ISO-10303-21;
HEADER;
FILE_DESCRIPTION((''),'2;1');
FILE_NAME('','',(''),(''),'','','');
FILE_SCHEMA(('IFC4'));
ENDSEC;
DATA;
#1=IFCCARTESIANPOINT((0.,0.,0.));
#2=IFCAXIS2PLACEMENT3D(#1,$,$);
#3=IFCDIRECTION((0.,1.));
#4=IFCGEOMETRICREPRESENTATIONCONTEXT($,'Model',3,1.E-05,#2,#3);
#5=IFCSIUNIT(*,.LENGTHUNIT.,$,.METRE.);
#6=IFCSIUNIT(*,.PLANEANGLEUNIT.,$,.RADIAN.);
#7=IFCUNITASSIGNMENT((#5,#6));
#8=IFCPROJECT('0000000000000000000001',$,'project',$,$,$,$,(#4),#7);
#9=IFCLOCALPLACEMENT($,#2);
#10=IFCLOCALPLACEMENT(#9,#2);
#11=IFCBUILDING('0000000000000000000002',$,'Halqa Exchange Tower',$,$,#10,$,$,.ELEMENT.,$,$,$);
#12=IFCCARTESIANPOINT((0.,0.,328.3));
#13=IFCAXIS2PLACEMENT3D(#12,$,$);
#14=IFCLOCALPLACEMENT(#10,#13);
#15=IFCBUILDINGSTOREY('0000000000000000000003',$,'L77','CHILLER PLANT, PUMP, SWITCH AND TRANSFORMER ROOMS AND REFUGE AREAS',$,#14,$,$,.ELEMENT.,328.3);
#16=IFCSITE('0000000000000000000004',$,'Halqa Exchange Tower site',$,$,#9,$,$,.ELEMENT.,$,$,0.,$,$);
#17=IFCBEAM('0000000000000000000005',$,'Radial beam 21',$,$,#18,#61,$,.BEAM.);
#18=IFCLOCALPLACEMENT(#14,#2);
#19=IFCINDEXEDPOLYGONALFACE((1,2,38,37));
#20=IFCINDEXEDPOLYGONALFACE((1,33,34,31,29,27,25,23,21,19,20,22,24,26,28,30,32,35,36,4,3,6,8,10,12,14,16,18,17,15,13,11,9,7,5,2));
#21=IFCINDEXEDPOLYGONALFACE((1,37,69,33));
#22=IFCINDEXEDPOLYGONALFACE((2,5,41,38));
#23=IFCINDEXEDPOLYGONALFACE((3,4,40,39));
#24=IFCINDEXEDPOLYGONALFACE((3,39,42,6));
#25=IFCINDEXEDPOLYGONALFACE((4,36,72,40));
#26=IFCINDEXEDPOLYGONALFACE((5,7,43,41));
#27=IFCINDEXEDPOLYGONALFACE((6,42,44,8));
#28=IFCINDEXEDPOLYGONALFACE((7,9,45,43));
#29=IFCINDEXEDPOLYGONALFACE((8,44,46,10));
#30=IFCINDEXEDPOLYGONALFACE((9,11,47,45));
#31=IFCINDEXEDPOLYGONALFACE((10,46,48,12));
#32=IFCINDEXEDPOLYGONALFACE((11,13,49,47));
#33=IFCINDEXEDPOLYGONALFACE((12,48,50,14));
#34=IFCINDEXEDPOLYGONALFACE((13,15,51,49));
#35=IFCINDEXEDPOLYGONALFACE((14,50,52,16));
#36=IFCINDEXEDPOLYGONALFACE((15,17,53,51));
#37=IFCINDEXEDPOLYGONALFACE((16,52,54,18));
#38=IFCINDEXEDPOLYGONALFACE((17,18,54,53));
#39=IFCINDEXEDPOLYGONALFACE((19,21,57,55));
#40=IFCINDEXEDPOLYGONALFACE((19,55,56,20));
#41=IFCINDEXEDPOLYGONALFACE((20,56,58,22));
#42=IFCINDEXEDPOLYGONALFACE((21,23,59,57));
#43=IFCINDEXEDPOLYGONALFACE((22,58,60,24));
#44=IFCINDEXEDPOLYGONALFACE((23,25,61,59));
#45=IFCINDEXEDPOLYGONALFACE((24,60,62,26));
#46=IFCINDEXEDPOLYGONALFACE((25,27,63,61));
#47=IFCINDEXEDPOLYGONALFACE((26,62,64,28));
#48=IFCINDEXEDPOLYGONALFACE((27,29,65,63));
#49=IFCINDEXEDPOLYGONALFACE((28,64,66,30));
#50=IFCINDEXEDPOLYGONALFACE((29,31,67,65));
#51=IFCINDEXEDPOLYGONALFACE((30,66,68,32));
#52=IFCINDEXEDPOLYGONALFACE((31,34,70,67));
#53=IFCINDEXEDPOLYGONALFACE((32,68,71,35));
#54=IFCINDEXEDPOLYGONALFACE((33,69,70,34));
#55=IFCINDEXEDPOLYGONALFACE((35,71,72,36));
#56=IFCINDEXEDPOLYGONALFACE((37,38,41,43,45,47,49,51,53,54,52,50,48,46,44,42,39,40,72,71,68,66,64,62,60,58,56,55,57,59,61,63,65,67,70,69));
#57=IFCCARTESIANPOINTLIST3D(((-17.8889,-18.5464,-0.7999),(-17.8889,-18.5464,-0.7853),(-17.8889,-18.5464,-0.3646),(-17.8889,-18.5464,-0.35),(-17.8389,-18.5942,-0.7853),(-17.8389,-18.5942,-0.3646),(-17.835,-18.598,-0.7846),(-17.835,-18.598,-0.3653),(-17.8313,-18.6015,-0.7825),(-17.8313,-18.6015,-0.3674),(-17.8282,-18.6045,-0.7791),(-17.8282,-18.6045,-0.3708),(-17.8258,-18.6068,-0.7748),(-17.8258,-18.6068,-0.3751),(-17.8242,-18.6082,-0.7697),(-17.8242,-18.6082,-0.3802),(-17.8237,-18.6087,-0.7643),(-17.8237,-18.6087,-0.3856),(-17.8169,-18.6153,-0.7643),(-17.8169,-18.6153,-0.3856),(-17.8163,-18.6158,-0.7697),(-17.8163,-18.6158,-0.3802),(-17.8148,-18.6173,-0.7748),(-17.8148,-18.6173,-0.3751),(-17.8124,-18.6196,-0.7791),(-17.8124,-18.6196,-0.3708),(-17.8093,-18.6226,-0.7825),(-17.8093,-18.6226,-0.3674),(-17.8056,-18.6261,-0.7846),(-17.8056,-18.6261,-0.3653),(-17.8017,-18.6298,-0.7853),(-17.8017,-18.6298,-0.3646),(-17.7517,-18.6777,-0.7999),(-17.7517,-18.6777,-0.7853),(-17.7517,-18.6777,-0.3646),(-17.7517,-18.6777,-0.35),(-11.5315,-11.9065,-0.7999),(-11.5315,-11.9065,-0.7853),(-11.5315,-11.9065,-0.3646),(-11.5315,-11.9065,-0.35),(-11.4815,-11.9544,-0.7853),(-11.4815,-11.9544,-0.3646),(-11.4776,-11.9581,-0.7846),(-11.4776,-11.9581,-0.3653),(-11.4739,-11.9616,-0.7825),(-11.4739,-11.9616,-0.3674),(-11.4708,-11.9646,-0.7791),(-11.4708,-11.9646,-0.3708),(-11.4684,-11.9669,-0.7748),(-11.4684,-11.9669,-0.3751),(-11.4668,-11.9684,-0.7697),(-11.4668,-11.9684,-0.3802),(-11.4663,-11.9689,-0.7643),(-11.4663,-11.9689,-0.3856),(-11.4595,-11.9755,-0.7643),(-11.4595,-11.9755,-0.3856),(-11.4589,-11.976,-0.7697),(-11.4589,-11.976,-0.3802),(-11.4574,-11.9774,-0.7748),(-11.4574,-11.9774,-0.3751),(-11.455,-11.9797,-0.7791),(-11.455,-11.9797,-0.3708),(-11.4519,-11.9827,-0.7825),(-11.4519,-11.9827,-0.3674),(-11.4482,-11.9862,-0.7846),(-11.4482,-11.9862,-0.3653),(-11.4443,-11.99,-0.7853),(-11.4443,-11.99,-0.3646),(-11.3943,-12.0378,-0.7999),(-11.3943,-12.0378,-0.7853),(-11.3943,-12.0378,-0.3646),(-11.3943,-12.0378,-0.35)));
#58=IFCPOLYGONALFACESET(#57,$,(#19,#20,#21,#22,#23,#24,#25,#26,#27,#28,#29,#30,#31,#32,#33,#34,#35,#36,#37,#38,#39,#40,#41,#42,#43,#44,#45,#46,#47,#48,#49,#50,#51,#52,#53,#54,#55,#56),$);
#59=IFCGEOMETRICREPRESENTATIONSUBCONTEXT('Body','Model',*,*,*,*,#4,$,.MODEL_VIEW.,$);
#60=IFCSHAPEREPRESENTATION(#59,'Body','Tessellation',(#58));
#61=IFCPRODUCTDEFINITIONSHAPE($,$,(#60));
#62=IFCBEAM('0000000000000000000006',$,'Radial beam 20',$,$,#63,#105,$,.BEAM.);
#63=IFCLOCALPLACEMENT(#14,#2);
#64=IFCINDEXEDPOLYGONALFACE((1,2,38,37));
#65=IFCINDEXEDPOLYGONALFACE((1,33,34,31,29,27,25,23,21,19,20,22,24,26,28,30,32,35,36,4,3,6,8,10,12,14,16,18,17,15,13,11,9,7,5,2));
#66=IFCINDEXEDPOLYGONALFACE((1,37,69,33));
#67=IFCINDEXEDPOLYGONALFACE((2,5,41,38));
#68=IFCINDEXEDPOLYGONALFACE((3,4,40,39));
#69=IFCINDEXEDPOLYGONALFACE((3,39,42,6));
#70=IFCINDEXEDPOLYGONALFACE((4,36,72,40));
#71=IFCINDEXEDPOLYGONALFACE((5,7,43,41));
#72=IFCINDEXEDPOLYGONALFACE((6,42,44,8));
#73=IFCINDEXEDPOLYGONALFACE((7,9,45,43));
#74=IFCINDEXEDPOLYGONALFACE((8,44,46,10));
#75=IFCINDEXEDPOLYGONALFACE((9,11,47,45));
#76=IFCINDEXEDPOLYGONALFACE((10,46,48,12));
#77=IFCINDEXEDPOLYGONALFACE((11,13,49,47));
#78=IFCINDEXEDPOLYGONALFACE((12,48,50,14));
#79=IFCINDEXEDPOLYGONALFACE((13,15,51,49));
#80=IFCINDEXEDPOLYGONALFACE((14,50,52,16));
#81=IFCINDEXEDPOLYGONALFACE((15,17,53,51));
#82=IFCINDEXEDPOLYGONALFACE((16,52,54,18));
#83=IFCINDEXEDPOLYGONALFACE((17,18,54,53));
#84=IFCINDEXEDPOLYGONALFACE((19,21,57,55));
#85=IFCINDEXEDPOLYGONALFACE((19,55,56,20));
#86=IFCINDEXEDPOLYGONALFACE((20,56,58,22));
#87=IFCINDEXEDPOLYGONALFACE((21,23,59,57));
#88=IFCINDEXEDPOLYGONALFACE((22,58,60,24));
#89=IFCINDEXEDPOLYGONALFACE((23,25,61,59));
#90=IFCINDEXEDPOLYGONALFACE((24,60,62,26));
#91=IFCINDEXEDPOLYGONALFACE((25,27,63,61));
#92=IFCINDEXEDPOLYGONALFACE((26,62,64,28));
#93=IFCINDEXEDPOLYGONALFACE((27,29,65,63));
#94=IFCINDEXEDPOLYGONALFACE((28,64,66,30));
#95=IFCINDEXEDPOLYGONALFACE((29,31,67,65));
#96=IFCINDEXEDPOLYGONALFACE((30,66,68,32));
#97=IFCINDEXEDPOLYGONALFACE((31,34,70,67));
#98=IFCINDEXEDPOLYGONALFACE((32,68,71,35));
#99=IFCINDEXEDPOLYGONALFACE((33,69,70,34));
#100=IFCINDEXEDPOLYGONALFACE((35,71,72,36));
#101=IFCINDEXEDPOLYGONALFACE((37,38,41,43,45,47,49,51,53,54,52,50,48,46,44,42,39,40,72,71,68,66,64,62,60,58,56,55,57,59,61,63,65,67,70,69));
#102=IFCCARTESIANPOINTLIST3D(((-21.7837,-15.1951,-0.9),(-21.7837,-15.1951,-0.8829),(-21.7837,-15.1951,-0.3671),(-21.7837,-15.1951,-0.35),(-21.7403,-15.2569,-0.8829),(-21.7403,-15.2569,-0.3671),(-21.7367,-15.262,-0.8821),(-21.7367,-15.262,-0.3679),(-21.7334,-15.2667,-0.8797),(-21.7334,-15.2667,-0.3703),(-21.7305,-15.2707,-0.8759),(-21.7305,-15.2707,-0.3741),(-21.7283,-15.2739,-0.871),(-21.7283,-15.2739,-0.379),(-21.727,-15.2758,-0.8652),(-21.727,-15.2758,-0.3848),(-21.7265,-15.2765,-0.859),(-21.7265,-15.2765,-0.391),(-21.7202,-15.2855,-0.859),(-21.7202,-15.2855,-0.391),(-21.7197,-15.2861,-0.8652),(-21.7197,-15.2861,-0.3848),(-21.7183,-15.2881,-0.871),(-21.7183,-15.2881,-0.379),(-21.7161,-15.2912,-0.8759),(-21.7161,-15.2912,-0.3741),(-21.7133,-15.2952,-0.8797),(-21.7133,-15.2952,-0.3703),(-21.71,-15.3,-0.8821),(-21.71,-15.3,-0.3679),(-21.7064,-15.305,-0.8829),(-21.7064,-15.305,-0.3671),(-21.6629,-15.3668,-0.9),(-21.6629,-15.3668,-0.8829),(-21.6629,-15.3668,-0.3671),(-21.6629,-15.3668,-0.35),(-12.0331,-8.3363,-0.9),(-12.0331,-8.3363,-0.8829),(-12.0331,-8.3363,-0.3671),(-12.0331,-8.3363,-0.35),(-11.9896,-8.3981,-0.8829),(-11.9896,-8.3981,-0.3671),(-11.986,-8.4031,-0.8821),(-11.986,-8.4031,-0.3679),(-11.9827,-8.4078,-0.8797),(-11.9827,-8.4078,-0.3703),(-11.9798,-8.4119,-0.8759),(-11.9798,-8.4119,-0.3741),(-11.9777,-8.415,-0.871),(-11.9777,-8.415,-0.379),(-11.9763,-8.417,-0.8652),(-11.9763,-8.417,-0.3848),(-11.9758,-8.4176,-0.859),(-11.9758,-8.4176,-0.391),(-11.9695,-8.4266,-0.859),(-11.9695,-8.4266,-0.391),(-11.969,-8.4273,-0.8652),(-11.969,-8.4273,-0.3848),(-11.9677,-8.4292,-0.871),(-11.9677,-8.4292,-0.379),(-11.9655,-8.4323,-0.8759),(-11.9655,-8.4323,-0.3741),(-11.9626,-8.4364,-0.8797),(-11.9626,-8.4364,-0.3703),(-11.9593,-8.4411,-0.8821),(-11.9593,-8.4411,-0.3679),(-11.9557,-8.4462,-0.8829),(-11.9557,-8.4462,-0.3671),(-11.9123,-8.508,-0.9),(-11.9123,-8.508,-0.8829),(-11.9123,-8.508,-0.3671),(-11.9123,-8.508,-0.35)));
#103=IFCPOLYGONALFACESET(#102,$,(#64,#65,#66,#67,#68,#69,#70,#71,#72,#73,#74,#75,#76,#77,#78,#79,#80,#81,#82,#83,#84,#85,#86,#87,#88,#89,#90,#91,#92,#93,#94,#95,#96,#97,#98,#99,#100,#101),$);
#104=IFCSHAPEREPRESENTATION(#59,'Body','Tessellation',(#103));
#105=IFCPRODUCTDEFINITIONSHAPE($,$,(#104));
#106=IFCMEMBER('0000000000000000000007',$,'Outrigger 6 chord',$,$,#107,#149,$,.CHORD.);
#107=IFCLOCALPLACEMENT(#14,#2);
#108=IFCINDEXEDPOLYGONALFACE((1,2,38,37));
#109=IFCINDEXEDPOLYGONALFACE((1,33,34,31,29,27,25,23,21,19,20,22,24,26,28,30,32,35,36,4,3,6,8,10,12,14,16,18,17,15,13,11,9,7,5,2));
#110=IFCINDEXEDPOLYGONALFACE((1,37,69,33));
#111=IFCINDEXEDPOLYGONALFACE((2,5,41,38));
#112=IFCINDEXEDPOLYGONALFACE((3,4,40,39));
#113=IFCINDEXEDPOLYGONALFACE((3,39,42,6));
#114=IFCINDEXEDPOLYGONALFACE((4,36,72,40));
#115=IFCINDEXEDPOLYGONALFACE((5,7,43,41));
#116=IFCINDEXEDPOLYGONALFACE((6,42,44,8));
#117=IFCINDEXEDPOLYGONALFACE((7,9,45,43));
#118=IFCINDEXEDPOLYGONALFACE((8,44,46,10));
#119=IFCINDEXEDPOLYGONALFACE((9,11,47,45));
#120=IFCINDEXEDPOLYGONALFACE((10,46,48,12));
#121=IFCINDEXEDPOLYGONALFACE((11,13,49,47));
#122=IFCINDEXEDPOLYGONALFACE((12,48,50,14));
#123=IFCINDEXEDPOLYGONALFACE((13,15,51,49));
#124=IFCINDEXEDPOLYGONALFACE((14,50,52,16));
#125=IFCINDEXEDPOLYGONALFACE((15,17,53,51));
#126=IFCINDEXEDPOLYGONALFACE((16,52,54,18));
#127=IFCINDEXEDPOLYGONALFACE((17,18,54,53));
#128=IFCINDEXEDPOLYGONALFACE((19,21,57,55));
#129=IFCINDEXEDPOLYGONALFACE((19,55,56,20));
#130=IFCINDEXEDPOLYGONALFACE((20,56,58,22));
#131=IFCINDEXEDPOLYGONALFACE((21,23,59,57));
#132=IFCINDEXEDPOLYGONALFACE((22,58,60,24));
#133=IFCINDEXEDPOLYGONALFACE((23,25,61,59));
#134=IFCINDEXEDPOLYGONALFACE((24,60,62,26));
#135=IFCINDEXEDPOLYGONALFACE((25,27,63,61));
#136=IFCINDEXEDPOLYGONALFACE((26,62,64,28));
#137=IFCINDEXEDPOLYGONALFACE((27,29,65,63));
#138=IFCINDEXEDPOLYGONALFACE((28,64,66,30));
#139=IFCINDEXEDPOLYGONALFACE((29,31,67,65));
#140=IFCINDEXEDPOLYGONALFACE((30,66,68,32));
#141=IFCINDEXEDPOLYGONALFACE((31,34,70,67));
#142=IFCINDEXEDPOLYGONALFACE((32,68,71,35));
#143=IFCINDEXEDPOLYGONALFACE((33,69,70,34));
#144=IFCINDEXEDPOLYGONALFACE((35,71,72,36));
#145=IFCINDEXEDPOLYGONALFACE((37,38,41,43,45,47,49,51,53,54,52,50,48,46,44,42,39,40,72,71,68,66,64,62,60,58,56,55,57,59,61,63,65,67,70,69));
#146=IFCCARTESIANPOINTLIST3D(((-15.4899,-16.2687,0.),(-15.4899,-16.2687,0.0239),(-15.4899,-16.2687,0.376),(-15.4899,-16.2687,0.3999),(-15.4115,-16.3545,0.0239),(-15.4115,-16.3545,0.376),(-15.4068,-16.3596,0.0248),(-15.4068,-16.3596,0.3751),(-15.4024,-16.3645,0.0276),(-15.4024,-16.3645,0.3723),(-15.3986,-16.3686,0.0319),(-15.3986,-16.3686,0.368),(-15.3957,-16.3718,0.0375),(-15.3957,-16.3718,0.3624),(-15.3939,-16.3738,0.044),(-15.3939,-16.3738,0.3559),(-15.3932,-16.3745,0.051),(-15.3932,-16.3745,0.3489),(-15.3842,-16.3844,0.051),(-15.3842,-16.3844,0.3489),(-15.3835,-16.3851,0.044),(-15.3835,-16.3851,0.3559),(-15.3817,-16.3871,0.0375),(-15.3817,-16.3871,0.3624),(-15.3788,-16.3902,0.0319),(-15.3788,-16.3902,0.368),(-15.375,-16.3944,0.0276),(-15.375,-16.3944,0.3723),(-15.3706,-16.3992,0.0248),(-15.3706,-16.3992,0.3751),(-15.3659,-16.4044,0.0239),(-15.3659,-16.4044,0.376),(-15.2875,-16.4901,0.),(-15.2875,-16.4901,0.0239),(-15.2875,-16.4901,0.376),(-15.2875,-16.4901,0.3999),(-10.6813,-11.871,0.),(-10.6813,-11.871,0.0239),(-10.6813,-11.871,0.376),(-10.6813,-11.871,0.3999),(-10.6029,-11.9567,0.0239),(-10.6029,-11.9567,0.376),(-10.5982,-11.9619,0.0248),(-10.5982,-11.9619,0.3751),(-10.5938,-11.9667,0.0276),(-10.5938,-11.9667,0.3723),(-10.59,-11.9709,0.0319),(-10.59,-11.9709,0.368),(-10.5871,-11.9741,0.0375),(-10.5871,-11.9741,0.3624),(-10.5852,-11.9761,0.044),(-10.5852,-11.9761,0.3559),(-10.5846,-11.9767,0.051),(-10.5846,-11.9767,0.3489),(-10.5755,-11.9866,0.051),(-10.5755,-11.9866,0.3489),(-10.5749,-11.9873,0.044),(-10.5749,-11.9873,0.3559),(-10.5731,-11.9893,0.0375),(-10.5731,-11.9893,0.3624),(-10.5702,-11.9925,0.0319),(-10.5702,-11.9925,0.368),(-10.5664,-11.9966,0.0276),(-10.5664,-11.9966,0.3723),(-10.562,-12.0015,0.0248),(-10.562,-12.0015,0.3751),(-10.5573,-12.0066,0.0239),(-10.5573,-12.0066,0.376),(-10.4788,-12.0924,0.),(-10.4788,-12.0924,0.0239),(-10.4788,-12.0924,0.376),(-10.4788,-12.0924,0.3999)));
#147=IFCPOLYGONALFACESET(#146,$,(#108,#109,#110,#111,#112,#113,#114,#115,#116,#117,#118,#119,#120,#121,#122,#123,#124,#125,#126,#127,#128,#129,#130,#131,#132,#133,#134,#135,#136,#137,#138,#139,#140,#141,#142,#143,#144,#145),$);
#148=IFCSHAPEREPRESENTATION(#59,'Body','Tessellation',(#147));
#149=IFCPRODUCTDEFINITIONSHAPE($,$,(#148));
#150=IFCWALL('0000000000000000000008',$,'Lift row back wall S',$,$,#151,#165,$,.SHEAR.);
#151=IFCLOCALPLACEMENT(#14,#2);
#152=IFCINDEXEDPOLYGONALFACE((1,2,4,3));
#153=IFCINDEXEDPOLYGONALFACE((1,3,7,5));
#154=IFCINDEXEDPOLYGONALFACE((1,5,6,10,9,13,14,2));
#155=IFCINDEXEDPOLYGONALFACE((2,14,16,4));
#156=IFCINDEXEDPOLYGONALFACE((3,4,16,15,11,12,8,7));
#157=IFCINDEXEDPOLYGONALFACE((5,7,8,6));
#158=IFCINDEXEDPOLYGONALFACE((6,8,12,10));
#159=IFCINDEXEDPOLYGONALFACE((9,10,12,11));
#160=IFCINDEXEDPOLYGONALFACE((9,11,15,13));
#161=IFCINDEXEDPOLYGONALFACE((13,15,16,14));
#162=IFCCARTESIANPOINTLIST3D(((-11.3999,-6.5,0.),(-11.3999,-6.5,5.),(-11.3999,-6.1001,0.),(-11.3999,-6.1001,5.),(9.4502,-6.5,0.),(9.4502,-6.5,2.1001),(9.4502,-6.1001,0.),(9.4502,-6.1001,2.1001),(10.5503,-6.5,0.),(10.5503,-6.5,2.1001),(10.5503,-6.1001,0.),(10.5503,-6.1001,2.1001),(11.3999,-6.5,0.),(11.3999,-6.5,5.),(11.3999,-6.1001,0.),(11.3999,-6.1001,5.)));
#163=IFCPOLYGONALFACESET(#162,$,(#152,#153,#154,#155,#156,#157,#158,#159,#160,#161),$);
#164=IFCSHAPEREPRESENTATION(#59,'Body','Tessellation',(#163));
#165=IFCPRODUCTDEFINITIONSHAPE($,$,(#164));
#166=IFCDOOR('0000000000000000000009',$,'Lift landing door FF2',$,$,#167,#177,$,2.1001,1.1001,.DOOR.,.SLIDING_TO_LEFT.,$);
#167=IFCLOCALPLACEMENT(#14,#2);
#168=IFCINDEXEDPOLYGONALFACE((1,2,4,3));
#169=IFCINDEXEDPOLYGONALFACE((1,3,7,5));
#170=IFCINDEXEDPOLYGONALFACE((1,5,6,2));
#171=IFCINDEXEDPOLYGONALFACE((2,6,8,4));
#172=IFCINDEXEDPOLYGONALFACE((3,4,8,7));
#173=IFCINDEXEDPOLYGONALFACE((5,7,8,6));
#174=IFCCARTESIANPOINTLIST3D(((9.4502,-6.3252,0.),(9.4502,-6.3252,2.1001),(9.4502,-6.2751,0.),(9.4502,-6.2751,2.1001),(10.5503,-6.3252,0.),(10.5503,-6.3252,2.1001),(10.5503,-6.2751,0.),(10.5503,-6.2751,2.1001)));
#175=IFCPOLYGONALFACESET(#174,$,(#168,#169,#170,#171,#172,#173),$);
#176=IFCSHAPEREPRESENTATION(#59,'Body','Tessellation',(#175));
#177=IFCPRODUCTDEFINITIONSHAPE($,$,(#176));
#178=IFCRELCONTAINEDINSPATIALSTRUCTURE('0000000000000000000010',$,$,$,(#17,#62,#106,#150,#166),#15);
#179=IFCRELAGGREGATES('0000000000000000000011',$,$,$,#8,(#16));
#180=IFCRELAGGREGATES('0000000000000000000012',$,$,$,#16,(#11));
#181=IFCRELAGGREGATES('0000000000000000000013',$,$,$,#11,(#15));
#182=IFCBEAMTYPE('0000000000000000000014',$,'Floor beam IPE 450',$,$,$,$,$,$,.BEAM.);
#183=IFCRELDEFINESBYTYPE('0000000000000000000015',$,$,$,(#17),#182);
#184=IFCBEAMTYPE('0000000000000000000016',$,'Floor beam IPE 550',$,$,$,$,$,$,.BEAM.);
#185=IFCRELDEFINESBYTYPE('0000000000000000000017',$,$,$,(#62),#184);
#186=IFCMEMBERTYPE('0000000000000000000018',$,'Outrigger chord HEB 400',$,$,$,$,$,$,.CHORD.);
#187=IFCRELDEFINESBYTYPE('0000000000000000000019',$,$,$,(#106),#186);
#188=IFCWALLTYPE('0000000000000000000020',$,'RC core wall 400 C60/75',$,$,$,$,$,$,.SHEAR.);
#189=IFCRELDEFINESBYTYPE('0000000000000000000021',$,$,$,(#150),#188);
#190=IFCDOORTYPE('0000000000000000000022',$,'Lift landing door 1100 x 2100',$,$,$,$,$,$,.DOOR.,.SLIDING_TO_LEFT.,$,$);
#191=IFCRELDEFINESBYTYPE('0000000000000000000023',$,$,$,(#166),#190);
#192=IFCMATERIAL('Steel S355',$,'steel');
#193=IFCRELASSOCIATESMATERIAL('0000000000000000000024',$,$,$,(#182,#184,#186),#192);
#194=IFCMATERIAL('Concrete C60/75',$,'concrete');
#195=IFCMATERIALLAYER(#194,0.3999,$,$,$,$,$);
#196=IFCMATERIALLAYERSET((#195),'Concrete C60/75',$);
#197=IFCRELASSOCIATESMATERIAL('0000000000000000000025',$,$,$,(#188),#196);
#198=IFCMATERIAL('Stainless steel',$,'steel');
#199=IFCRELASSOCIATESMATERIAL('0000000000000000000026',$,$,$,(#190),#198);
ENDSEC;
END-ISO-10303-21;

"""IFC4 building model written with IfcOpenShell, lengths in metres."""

from ifc_helpers import new_model, si_unit, direction, frame, frame_2d, origin, origin_2d, place, context, subcontext, project, spatial, rectangle, i_section, extrude, material, layer, layer_set, material_profile, profile_set, type_object, element, fill, save


model = new_model("IFC4")

# Units and contexts
model_context = context("Model", 3, precision=1e-05, world=origin(), true_north=direction((0.0, 1.0)))
body_context = subcontext(model_context, "Body", "Model", "MODEL_VIEW")
ifc_project = project(units=[si_unit("LENGTHUNIT", "METRE"), si_unit("PLANEANGLEUNIT", "RADIAN")], contexts=[model_context])

# Site, building, storey
site_placement = place(None, origin())
site = spatial("IfcSite", under=ifc_project, at=site_placement, Name="Halqa Exchange Tower site", CompositionType="ELEMENT", RefElevation=0.0)
building_placement = place(site_placement, origin())
building = spatial("IfcBuilding", under=site, at=building_placement, Name="Halqa Exchange Tower", CompositionType="ELEMENT")
storey_placement = place(building_placement, frame((0.0, 0.0, 328.3)))
storey = spatial("IfcBuildingStorey", under=building, at=storey_placement, Name="L77", Description="CHILLER PLANT, PUMP, SWITCH AND TRANSFORMER ROOMS AND REFUGE AREAS", CompositionType="ELEMENT", Elevation=328.3)

# Beams
ifc_material_1 = material(Name="Steel S355", Category="steel")
ifc_material_profile_1 = material_profile(ifc_material_1, i_section(OverallWidth=0.1899, OverallDepth=0.45, WebThickness=0.0095, FlangeThickness=0.0146, FilletRadius=0.021, at=origin_2d()), Name="IPE 450")
ifc_profile_set_1 = profile_set([ifc_material_profile_1], Name="Steel S355")
beam_type_1 = type_object("IfcBeamType", Name="Floor beam IPE 450", PredefinedType="BEAM", material=ifc_profile_set_1)
beam_1_placement = place(storey_placement, frame((-11.4629, -11.9722, -0.575), z_axis=(-0.691576, -0.722304, 0.0), x_axis=(0.722304, -0.691576, 0.0)))
element("IfcBeam", 1, at=beam_1_placement, inside=storey, type_object=beam_type_1, Name="Radial beam 21", PredefinedType="BEAM", context=body_context, shape_type="SweptSolid", body=[
    extrude(i_section(OverallWidth=0.1899, OverallDepth=0.45, WebThickness=0.0095, FlangeThickness=0.0146, FilletRadius=0.021, at=origin_2d()), origin(), (0.0, 0.0, 1.0), 9.1926),
])
ifc_material_profile_2 = material_profile(ifc_material_1, i_section(OverallWidth=0.21, OverallDepth=0.55, WebThickness=0.011, FlangeThickness=0.0171, FilletRadius=0.0239, at=origin_2d()), Name="IPE 550")
ifc_profile_set_2 = profile_set([ifc_material_profile_2], Name="Steel S355")
beam_type_2 = type_object("IfcBeamType", Name="Floor beam IPE 550", PredefinedType="BEAM", material=ifc_profile_set_2)
beam_2_placement = place(storey_placement, frame((-11.9727, -8.4221, -0.625), z_axis=(-0.817915, -0.57534, 0.0), x_axis=(0.57534, -0.817915, 0.0)))
element("IfcBeam", 2, at=beam_2_placement, inside=storey, type_object=beam_type_2, Name="Radial beam 20", PredefinedType="BEAM", context=body_context, shape_type="SweptSolid", body=[
    extrude(i_section(OverallWidth=0.21, OverallDepth=0.55, WebThickness=0.011, FlangeThickness=0.0171, FilletRadius=0.0239, at=origin_2d()), origin(), (0.0, 0.0, 1.0), 11.9214),
])

# Member
ifc_material_profile_3 = material_profile(ifc_material_1, i_section(OverallWidth=0.3, OverallDepth=0.3999, WebThickness=0.0134, FlangeThickness=0.0239, FilletRadius=0.0271, at=origin_2d()), Name="HEB 400")
ifc_profile_set_3 = profile_set([ifc_material_profile_3], Name="Steel S355")
member_type = type_object("IfcMemberType", Name="Outrigger chord HEB 400", PredefinedType="CHORD", material=ifc_profile_set_3)
member_placement = place(storey_placement, frame((-10.5801, -11.9817, 0.2), z_axis=(-0.737931, -0.674876, 0.0), x_axis=(0.674876, -0.737931, 0.0)))
element("IfcMember", 3, at=member_placement, inside=storey, type_object=member_type, Name="Outrigger 6 chord", PredefinedType="CHORD", context=body_context, shape_type="SweptSolid", body=[
    extrude(i_section(OverallWidth=0.3, OverallDepth=0.3999, WebThickness=0.0134, FlangeThickness=0.0239, FilletRadius=0.0271, at=origin_2d()), origin(), (0.0, 0.0, 1.0), 6.5164),
])

# Wall, opening, door
ifc_material_2 = material(Name="Concrete C60/75", Category="concrete")
ifc_layer_1 = layer(ifc_material_2, 0.3999)
ifc_layer_set_1 = layer_set([ifc_layer_1], Name="Concrete C60/75")
wall_type_1 = type_object("IfcWallType", Name="RC core wall 400 C60/75", PredefinedType="SHEAR", material=ifc_layer_set_1)
wall_1_placement = place(storey_placement, frame((-11.3999, -6.3, 0.0), z_axis=(0.0, 0.0, 1.0), x_axis=(1.0, 0.0, 0.0)))
wall_1 = element("IfcWall", 4, at=wall_1_placement, inside=storey, type_object=wall_type_1, Name="Lift row back wall S", PredefinedType="SHEAR", context=body_context, shape_type="SweptSolid", body=[
    extrude(rectangle(XDim=22.7998, YDim=0.3999, at=frame_2d((11.3999, 0.0))), origin(), (0.0, 0.0, 1.0), 5.0),
])
opening_1_placement = place(wall_1_placement, frame((20.8501, 0.0, 0.0)))
opening_1 = element("IfcOpeningElement", 5, at=opening_1_placement, cuts=wall_1, PredefinedType="OPENING", context=body_context, shape_type="SweptSolid", body=[
    extrude(rectangle(XDim=1.1001, YDim=2.1001, at=frame_2d((0.55, 1.05))), frame((0.0, 0.2119, 0.0), z_axis=(0.0, -1.0, 0.0), x_axis=(1.0, 0.0, 0.0)), (0.0, 0.0, 1.0), 0.4238),
])
ifc_material_3 = material(Name="Stainless steel", Category="steel")
door_type_1 = type_object("IfcDoorType", Name="Lift landing door 1100 x 2100", OperationType="SLIDING_TO_LEFT", PredefinedType="DOOR", material=ifc_material_3)
door_1_placement = place(opening_1_placement, origin())
door_1 = element("IfcDoor", 6, at=door_1_placement, inside=storey, type_object=door_type_1, Name="Lift landing door FF2", OperationType="SLIDING_TO_LEFT", OverallHeight=2.1001, OverallWidth=1.1001, PredefinedType="DOOR", context=body_context, shape_type="SweptSolid", body=[
    extrude(rectangle(XDim=1.1001, YDim=2.1001, at=frame_2d((0.55, 1.05))), frame((0.0, 0.0249, 0.0), z_axis=(0.0, -1.0, 0.0), x_axis=(1.0, 0.0, 0.0)), (0.0, 0.0, 1.0), 0.05),
])
fill(opening_1, door_1)

save(model, "model.ifc")
